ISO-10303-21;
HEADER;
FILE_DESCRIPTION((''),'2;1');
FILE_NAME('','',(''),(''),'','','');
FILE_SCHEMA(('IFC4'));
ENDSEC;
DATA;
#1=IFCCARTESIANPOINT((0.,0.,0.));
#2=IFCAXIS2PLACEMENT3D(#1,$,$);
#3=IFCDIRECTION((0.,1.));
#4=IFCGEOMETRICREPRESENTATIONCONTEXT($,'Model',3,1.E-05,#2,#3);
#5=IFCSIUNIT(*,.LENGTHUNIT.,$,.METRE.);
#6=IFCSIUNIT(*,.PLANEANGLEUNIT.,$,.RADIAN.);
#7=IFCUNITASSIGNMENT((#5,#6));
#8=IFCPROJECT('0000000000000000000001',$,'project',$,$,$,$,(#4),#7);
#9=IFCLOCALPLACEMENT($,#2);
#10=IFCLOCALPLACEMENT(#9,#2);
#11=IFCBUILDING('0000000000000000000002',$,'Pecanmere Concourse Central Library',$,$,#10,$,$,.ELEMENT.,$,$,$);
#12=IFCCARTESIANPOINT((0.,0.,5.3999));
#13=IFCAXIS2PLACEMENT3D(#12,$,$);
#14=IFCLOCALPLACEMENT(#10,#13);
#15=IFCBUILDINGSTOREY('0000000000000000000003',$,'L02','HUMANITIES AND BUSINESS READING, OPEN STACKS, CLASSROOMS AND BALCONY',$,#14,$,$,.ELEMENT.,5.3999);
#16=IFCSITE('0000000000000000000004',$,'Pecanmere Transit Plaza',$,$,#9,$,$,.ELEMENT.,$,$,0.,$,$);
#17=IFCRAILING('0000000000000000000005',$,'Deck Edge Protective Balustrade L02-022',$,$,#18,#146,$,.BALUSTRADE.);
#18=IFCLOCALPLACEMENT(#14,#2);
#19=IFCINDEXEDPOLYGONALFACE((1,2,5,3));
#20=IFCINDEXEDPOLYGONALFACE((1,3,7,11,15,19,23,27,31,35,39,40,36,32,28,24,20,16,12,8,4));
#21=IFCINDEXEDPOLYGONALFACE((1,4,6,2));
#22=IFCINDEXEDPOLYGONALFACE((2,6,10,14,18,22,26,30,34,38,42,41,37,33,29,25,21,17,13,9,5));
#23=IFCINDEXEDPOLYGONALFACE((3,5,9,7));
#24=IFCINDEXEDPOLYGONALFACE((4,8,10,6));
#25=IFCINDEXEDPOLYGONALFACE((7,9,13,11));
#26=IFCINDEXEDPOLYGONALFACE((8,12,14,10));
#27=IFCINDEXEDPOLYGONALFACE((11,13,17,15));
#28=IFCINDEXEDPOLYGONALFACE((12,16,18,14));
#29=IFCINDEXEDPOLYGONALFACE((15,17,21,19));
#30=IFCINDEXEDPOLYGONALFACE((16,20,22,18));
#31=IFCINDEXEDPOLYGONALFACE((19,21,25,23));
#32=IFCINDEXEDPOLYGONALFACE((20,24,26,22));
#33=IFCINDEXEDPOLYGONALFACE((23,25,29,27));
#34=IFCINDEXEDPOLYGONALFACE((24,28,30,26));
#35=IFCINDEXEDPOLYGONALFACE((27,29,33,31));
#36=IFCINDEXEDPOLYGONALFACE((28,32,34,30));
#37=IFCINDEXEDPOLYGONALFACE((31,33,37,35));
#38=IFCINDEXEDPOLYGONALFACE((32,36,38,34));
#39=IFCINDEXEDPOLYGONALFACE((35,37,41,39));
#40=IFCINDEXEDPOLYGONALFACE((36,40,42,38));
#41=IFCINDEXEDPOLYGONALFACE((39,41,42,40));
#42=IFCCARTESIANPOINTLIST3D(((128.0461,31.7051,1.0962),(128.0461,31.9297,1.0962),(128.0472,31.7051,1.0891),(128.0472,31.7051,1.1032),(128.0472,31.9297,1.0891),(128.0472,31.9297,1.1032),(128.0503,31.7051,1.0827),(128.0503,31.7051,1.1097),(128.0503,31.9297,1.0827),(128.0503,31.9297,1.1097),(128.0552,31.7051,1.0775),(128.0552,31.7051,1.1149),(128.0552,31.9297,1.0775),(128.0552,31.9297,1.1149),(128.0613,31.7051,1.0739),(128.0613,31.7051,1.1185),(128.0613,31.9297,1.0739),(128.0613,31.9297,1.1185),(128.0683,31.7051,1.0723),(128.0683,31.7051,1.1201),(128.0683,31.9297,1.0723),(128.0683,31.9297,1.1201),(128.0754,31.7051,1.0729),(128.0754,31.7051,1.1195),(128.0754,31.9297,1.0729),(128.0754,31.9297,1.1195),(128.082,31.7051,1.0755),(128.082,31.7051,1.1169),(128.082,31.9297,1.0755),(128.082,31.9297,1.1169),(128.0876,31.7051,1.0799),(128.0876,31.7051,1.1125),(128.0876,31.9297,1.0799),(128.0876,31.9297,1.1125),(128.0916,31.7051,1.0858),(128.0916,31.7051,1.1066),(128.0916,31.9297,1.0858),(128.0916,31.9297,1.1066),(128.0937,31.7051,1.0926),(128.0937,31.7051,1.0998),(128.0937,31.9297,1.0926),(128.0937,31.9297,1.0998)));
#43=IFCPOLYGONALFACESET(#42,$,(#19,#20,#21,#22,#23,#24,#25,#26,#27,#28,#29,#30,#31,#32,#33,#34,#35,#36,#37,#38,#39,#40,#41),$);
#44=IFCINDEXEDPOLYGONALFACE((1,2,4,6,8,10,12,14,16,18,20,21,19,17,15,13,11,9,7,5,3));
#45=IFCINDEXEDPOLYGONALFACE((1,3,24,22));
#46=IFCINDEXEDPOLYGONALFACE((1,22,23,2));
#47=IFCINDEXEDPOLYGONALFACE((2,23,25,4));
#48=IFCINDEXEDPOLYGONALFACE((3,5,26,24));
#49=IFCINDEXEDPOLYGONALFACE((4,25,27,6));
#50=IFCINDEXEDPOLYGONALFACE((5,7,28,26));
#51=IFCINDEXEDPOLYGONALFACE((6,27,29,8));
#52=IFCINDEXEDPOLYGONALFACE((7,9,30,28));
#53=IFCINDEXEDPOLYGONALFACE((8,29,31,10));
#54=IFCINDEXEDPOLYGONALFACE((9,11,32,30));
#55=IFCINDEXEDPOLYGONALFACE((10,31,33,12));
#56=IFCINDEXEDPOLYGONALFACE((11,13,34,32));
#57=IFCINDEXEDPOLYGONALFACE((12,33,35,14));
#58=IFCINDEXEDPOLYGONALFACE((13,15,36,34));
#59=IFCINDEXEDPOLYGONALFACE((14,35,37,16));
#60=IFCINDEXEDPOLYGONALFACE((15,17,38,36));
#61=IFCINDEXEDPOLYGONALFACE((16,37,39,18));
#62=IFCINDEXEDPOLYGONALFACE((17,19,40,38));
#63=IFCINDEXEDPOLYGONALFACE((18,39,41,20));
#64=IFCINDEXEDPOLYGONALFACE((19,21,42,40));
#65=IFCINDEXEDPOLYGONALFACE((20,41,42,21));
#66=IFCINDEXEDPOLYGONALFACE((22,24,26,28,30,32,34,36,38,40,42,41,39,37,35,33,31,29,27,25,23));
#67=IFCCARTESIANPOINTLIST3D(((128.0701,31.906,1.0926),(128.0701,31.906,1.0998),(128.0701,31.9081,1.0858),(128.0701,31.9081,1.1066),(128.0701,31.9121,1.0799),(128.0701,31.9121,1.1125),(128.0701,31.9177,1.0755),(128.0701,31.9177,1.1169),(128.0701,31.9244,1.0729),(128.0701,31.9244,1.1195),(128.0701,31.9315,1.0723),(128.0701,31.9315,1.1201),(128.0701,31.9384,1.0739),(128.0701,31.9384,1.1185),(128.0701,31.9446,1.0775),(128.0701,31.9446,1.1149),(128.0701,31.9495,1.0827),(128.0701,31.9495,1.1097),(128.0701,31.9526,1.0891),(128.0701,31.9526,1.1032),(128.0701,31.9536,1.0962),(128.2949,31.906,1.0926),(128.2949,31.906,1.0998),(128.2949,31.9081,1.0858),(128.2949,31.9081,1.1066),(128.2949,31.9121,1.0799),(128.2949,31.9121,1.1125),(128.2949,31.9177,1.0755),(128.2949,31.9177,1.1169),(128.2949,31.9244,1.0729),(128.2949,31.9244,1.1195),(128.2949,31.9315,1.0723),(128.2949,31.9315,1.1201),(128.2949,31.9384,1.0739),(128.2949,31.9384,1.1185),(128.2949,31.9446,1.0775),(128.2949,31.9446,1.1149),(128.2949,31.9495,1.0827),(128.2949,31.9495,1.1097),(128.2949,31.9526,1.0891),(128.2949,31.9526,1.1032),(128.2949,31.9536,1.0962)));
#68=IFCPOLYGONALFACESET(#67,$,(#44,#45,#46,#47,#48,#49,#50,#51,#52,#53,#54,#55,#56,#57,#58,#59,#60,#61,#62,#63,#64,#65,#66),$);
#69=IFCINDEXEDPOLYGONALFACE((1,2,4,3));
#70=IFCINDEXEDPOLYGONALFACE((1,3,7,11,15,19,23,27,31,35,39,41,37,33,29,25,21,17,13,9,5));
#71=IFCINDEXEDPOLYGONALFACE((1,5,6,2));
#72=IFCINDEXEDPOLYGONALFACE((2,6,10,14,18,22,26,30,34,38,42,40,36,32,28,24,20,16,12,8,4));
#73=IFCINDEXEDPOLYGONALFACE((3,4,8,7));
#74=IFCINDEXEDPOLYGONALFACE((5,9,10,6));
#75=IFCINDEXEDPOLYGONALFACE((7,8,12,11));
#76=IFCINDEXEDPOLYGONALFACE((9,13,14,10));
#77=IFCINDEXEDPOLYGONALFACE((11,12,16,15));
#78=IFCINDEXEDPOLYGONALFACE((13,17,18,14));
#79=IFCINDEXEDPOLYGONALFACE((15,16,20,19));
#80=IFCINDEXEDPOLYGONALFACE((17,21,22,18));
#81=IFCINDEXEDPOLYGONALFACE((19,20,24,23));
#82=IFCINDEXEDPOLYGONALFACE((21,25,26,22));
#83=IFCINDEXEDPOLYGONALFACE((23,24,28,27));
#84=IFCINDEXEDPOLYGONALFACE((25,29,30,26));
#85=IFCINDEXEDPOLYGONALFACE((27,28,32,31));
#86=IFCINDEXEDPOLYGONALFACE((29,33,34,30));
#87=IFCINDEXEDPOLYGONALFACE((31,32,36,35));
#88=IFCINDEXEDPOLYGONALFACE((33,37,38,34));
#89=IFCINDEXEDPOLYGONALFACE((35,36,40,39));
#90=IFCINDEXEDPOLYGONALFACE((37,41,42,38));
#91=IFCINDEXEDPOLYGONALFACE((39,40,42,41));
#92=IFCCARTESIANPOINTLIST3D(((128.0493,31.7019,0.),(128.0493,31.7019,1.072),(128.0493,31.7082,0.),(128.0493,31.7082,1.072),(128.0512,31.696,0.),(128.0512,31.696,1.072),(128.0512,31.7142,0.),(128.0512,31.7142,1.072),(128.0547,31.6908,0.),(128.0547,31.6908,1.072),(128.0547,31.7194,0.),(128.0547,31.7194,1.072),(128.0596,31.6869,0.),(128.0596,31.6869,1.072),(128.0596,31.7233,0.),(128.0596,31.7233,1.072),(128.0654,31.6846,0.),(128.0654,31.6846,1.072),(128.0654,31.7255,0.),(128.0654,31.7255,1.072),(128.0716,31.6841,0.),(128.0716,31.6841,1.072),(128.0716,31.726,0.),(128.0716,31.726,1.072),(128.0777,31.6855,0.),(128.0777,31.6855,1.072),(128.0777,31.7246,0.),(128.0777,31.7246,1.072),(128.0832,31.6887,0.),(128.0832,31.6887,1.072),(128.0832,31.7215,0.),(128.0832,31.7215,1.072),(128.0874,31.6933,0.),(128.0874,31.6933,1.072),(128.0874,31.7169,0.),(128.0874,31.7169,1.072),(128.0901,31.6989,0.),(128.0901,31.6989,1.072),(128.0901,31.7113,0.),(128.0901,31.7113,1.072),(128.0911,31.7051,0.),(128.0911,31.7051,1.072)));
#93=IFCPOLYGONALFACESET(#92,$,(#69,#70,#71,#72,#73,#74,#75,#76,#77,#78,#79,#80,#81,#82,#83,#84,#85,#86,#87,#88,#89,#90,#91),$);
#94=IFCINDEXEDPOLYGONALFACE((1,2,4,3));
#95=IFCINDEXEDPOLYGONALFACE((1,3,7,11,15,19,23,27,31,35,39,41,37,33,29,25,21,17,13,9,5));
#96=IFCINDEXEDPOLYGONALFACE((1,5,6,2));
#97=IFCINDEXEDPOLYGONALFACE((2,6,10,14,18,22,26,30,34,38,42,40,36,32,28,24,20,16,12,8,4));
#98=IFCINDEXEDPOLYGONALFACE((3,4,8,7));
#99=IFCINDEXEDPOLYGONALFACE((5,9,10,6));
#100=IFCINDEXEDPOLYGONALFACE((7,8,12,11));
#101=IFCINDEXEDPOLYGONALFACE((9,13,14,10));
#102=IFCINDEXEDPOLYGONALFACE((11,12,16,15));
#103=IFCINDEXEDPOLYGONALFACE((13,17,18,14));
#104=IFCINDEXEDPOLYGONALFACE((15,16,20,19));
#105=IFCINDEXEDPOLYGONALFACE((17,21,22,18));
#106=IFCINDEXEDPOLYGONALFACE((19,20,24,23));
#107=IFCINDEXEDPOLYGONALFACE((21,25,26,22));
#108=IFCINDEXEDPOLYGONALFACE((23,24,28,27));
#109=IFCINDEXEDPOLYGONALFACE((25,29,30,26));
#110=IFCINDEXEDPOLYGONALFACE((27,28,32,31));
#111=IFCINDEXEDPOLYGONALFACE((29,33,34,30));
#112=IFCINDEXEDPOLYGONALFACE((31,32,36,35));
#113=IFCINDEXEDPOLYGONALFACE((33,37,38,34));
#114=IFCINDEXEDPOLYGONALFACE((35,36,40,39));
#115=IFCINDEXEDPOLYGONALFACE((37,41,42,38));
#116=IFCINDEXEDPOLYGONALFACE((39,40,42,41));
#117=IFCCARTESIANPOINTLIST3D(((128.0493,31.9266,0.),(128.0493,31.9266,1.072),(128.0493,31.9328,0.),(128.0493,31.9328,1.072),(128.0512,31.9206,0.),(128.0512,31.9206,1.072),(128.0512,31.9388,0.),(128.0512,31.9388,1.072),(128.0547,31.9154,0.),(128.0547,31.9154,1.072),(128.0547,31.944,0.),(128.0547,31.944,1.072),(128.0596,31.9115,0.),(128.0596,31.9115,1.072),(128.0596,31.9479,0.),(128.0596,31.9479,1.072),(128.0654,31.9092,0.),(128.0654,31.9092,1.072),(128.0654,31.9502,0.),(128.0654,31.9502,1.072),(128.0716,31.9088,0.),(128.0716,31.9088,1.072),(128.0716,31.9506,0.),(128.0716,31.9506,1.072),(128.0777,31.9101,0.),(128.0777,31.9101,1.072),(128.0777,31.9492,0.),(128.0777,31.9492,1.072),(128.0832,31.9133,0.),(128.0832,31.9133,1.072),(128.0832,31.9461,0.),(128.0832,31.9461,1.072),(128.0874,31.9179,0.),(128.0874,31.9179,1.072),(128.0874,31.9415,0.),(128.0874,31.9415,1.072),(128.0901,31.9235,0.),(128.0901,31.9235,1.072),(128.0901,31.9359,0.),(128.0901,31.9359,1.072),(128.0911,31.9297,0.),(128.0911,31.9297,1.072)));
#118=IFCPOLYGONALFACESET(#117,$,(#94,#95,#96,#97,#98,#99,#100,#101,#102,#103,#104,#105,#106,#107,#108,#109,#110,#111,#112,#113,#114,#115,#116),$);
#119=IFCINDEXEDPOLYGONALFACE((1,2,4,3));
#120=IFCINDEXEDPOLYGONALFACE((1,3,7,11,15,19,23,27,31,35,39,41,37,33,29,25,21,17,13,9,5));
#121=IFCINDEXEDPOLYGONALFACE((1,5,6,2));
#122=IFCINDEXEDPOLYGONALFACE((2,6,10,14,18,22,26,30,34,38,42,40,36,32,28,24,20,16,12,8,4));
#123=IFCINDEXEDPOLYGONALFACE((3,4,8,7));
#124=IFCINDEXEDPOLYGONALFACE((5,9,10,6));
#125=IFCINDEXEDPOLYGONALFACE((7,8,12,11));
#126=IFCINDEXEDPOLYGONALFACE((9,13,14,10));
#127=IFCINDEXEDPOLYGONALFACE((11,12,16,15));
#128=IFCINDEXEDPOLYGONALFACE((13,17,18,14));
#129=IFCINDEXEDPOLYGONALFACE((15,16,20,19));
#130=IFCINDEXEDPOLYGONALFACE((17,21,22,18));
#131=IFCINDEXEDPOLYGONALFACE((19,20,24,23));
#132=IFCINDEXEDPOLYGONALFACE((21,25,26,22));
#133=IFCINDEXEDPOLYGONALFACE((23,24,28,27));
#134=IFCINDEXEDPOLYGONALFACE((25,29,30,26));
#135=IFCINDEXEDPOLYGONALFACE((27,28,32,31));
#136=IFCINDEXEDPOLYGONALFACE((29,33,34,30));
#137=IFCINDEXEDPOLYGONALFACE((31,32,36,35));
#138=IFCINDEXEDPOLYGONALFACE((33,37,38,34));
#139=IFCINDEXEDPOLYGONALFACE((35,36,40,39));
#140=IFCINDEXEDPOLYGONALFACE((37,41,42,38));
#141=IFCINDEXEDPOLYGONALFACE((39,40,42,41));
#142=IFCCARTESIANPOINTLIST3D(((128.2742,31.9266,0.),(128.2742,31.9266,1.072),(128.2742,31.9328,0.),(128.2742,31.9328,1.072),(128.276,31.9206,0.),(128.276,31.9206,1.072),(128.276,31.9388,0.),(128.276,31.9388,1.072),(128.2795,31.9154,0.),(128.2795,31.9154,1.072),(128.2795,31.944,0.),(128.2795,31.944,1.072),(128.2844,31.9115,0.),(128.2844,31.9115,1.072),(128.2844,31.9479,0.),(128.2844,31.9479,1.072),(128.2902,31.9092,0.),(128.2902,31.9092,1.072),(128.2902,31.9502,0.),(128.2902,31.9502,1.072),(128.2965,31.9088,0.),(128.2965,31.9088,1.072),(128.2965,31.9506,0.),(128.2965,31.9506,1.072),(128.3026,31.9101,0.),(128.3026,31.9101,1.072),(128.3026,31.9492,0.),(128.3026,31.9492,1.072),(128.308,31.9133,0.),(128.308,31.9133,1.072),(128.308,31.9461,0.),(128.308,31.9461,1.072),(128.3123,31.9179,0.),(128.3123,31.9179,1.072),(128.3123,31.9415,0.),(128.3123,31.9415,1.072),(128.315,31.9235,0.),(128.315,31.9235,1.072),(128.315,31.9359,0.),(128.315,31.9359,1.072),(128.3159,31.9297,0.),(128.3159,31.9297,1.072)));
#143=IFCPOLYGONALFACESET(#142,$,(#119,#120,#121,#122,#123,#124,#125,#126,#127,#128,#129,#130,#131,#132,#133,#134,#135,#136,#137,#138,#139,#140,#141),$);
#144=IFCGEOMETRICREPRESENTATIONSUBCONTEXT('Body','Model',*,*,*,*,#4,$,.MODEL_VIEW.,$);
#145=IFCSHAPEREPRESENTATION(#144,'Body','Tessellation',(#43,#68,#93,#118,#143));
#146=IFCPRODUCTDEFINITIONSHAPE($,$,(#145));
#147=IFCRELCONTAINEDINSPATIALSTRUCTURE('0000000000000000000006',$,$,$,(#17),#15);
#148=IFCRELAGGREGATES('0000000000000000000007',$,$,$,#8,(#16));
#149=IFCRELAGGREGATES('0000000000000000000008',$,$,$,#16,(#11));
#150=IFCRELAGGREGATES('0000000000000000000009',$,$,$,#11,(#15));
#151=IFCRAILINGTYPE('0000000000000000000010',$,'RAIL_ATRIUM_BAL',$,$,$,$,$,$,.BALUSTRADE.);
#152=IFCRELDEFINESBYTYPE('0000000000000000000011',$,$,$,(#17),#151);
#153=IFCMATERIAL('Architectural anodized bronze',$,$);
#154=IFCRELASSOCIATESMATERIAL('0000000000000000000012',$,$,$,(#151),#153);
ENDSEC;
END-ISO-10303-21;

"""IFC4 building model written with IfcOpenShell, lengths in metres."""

from ifc_helpers import new_model, si_unit, direction, frame, origin, origin_2d, place, context, subcontext, project, spatial, circle, extrude, material, type_object, element, save


model = new_model("IFC4")

# Units and contexts
model_context = context("Model", 3, precision=1e-05, world=origin(), true_north=direction((0.0, 1.0)))
body_context = subcontext(model_context, "Body", "Model", "MODEL_VIEW")
ifc_project = project(units=[si_unit("LENGTHUNIT", "METRE"), si_unit("PLANEANGLEUNIT", "RADIAN")], contexts=[model_context])

# Site, building, storey
site_placement = place(None, origin())
site = spatial("IfcSite", under=ifc_project, at=site_placement, Name="Pecanmere Transit Plaza", CompositionType="ELEMENT", RefElevation=0.0)
building_placement = place(site_placement, origin())
building = spatial("IfcBuilding", under=site, at=building_placement, Name="Pecanmere Concourse Central Library", CompositionType="ELEMENT")
storey_placement = place(building_placement, frame((0.0, 0.0, 5.3999)))
storey = spatial("IfcBuildingStorey", under=building, at=storey_placement, Name="L02", Description="HUMANITIES AND BUSINESS READING, OPEN STACKS, CLASSROOMS AND BALCONY", CompositionType="ELEMENT", Elevation=5.3999)

# Railing
ifc_material_1 = material(Name="Architectural anodized bronze")
railing_type = type_object("IfcRailingType", Name="RAIL_ATRIUM_BAL", PredefinedType="BALUSTRADE", material=ifc_material_1)
railing_placement = place(storey_placement, frame((128.0701, 31.7051, 0.0)))
element("IfcRailing", 1, at=railing_placement, inside=storey, type_object=railing_type, Name="Deck Edge Protective Balustrade L02-022", PredefinedType="BALUSTRADE", context=body_context, shape_type="SweptSolid", body=[
    extrude(circle(Radius=0.0239, at=origin_2d()), frame((0.0, 0.0, 1.0962), z_axis=(0.0, 1.0, 0.0), x_axis=(-1.0, 0.0, 0.0)), (0.0, 0.0, 1.0), 0.2246),
    extrude(circle(Radius=0.0239, at=origin_2d()), frame((0.0, 0.2246, 1.0962), z_axis=(1.0, 0.0, 0.0), x_axis=(0.0, 1.0, 0.0)), (0.0, 0.0, 1.0), 0.2249),
    extrude(circle(Radius=0.021, at=origin_2d()), origin(), (0.0, 0.0, 1.0), 1.072),
    extrude(circle(Radius=0.021, at=origin_2d()), frame((0.0, 0.2246, 0.0)), (0.0, 0.0, 1.0), 1.072),
    extrude(circle(Radius=0.021, at=origin_2d()), frame((0.2249, 0.2246, 0.0)), (0.0, 0.0, 1.0), 1.072),
])

save(model, "model.ifc")
